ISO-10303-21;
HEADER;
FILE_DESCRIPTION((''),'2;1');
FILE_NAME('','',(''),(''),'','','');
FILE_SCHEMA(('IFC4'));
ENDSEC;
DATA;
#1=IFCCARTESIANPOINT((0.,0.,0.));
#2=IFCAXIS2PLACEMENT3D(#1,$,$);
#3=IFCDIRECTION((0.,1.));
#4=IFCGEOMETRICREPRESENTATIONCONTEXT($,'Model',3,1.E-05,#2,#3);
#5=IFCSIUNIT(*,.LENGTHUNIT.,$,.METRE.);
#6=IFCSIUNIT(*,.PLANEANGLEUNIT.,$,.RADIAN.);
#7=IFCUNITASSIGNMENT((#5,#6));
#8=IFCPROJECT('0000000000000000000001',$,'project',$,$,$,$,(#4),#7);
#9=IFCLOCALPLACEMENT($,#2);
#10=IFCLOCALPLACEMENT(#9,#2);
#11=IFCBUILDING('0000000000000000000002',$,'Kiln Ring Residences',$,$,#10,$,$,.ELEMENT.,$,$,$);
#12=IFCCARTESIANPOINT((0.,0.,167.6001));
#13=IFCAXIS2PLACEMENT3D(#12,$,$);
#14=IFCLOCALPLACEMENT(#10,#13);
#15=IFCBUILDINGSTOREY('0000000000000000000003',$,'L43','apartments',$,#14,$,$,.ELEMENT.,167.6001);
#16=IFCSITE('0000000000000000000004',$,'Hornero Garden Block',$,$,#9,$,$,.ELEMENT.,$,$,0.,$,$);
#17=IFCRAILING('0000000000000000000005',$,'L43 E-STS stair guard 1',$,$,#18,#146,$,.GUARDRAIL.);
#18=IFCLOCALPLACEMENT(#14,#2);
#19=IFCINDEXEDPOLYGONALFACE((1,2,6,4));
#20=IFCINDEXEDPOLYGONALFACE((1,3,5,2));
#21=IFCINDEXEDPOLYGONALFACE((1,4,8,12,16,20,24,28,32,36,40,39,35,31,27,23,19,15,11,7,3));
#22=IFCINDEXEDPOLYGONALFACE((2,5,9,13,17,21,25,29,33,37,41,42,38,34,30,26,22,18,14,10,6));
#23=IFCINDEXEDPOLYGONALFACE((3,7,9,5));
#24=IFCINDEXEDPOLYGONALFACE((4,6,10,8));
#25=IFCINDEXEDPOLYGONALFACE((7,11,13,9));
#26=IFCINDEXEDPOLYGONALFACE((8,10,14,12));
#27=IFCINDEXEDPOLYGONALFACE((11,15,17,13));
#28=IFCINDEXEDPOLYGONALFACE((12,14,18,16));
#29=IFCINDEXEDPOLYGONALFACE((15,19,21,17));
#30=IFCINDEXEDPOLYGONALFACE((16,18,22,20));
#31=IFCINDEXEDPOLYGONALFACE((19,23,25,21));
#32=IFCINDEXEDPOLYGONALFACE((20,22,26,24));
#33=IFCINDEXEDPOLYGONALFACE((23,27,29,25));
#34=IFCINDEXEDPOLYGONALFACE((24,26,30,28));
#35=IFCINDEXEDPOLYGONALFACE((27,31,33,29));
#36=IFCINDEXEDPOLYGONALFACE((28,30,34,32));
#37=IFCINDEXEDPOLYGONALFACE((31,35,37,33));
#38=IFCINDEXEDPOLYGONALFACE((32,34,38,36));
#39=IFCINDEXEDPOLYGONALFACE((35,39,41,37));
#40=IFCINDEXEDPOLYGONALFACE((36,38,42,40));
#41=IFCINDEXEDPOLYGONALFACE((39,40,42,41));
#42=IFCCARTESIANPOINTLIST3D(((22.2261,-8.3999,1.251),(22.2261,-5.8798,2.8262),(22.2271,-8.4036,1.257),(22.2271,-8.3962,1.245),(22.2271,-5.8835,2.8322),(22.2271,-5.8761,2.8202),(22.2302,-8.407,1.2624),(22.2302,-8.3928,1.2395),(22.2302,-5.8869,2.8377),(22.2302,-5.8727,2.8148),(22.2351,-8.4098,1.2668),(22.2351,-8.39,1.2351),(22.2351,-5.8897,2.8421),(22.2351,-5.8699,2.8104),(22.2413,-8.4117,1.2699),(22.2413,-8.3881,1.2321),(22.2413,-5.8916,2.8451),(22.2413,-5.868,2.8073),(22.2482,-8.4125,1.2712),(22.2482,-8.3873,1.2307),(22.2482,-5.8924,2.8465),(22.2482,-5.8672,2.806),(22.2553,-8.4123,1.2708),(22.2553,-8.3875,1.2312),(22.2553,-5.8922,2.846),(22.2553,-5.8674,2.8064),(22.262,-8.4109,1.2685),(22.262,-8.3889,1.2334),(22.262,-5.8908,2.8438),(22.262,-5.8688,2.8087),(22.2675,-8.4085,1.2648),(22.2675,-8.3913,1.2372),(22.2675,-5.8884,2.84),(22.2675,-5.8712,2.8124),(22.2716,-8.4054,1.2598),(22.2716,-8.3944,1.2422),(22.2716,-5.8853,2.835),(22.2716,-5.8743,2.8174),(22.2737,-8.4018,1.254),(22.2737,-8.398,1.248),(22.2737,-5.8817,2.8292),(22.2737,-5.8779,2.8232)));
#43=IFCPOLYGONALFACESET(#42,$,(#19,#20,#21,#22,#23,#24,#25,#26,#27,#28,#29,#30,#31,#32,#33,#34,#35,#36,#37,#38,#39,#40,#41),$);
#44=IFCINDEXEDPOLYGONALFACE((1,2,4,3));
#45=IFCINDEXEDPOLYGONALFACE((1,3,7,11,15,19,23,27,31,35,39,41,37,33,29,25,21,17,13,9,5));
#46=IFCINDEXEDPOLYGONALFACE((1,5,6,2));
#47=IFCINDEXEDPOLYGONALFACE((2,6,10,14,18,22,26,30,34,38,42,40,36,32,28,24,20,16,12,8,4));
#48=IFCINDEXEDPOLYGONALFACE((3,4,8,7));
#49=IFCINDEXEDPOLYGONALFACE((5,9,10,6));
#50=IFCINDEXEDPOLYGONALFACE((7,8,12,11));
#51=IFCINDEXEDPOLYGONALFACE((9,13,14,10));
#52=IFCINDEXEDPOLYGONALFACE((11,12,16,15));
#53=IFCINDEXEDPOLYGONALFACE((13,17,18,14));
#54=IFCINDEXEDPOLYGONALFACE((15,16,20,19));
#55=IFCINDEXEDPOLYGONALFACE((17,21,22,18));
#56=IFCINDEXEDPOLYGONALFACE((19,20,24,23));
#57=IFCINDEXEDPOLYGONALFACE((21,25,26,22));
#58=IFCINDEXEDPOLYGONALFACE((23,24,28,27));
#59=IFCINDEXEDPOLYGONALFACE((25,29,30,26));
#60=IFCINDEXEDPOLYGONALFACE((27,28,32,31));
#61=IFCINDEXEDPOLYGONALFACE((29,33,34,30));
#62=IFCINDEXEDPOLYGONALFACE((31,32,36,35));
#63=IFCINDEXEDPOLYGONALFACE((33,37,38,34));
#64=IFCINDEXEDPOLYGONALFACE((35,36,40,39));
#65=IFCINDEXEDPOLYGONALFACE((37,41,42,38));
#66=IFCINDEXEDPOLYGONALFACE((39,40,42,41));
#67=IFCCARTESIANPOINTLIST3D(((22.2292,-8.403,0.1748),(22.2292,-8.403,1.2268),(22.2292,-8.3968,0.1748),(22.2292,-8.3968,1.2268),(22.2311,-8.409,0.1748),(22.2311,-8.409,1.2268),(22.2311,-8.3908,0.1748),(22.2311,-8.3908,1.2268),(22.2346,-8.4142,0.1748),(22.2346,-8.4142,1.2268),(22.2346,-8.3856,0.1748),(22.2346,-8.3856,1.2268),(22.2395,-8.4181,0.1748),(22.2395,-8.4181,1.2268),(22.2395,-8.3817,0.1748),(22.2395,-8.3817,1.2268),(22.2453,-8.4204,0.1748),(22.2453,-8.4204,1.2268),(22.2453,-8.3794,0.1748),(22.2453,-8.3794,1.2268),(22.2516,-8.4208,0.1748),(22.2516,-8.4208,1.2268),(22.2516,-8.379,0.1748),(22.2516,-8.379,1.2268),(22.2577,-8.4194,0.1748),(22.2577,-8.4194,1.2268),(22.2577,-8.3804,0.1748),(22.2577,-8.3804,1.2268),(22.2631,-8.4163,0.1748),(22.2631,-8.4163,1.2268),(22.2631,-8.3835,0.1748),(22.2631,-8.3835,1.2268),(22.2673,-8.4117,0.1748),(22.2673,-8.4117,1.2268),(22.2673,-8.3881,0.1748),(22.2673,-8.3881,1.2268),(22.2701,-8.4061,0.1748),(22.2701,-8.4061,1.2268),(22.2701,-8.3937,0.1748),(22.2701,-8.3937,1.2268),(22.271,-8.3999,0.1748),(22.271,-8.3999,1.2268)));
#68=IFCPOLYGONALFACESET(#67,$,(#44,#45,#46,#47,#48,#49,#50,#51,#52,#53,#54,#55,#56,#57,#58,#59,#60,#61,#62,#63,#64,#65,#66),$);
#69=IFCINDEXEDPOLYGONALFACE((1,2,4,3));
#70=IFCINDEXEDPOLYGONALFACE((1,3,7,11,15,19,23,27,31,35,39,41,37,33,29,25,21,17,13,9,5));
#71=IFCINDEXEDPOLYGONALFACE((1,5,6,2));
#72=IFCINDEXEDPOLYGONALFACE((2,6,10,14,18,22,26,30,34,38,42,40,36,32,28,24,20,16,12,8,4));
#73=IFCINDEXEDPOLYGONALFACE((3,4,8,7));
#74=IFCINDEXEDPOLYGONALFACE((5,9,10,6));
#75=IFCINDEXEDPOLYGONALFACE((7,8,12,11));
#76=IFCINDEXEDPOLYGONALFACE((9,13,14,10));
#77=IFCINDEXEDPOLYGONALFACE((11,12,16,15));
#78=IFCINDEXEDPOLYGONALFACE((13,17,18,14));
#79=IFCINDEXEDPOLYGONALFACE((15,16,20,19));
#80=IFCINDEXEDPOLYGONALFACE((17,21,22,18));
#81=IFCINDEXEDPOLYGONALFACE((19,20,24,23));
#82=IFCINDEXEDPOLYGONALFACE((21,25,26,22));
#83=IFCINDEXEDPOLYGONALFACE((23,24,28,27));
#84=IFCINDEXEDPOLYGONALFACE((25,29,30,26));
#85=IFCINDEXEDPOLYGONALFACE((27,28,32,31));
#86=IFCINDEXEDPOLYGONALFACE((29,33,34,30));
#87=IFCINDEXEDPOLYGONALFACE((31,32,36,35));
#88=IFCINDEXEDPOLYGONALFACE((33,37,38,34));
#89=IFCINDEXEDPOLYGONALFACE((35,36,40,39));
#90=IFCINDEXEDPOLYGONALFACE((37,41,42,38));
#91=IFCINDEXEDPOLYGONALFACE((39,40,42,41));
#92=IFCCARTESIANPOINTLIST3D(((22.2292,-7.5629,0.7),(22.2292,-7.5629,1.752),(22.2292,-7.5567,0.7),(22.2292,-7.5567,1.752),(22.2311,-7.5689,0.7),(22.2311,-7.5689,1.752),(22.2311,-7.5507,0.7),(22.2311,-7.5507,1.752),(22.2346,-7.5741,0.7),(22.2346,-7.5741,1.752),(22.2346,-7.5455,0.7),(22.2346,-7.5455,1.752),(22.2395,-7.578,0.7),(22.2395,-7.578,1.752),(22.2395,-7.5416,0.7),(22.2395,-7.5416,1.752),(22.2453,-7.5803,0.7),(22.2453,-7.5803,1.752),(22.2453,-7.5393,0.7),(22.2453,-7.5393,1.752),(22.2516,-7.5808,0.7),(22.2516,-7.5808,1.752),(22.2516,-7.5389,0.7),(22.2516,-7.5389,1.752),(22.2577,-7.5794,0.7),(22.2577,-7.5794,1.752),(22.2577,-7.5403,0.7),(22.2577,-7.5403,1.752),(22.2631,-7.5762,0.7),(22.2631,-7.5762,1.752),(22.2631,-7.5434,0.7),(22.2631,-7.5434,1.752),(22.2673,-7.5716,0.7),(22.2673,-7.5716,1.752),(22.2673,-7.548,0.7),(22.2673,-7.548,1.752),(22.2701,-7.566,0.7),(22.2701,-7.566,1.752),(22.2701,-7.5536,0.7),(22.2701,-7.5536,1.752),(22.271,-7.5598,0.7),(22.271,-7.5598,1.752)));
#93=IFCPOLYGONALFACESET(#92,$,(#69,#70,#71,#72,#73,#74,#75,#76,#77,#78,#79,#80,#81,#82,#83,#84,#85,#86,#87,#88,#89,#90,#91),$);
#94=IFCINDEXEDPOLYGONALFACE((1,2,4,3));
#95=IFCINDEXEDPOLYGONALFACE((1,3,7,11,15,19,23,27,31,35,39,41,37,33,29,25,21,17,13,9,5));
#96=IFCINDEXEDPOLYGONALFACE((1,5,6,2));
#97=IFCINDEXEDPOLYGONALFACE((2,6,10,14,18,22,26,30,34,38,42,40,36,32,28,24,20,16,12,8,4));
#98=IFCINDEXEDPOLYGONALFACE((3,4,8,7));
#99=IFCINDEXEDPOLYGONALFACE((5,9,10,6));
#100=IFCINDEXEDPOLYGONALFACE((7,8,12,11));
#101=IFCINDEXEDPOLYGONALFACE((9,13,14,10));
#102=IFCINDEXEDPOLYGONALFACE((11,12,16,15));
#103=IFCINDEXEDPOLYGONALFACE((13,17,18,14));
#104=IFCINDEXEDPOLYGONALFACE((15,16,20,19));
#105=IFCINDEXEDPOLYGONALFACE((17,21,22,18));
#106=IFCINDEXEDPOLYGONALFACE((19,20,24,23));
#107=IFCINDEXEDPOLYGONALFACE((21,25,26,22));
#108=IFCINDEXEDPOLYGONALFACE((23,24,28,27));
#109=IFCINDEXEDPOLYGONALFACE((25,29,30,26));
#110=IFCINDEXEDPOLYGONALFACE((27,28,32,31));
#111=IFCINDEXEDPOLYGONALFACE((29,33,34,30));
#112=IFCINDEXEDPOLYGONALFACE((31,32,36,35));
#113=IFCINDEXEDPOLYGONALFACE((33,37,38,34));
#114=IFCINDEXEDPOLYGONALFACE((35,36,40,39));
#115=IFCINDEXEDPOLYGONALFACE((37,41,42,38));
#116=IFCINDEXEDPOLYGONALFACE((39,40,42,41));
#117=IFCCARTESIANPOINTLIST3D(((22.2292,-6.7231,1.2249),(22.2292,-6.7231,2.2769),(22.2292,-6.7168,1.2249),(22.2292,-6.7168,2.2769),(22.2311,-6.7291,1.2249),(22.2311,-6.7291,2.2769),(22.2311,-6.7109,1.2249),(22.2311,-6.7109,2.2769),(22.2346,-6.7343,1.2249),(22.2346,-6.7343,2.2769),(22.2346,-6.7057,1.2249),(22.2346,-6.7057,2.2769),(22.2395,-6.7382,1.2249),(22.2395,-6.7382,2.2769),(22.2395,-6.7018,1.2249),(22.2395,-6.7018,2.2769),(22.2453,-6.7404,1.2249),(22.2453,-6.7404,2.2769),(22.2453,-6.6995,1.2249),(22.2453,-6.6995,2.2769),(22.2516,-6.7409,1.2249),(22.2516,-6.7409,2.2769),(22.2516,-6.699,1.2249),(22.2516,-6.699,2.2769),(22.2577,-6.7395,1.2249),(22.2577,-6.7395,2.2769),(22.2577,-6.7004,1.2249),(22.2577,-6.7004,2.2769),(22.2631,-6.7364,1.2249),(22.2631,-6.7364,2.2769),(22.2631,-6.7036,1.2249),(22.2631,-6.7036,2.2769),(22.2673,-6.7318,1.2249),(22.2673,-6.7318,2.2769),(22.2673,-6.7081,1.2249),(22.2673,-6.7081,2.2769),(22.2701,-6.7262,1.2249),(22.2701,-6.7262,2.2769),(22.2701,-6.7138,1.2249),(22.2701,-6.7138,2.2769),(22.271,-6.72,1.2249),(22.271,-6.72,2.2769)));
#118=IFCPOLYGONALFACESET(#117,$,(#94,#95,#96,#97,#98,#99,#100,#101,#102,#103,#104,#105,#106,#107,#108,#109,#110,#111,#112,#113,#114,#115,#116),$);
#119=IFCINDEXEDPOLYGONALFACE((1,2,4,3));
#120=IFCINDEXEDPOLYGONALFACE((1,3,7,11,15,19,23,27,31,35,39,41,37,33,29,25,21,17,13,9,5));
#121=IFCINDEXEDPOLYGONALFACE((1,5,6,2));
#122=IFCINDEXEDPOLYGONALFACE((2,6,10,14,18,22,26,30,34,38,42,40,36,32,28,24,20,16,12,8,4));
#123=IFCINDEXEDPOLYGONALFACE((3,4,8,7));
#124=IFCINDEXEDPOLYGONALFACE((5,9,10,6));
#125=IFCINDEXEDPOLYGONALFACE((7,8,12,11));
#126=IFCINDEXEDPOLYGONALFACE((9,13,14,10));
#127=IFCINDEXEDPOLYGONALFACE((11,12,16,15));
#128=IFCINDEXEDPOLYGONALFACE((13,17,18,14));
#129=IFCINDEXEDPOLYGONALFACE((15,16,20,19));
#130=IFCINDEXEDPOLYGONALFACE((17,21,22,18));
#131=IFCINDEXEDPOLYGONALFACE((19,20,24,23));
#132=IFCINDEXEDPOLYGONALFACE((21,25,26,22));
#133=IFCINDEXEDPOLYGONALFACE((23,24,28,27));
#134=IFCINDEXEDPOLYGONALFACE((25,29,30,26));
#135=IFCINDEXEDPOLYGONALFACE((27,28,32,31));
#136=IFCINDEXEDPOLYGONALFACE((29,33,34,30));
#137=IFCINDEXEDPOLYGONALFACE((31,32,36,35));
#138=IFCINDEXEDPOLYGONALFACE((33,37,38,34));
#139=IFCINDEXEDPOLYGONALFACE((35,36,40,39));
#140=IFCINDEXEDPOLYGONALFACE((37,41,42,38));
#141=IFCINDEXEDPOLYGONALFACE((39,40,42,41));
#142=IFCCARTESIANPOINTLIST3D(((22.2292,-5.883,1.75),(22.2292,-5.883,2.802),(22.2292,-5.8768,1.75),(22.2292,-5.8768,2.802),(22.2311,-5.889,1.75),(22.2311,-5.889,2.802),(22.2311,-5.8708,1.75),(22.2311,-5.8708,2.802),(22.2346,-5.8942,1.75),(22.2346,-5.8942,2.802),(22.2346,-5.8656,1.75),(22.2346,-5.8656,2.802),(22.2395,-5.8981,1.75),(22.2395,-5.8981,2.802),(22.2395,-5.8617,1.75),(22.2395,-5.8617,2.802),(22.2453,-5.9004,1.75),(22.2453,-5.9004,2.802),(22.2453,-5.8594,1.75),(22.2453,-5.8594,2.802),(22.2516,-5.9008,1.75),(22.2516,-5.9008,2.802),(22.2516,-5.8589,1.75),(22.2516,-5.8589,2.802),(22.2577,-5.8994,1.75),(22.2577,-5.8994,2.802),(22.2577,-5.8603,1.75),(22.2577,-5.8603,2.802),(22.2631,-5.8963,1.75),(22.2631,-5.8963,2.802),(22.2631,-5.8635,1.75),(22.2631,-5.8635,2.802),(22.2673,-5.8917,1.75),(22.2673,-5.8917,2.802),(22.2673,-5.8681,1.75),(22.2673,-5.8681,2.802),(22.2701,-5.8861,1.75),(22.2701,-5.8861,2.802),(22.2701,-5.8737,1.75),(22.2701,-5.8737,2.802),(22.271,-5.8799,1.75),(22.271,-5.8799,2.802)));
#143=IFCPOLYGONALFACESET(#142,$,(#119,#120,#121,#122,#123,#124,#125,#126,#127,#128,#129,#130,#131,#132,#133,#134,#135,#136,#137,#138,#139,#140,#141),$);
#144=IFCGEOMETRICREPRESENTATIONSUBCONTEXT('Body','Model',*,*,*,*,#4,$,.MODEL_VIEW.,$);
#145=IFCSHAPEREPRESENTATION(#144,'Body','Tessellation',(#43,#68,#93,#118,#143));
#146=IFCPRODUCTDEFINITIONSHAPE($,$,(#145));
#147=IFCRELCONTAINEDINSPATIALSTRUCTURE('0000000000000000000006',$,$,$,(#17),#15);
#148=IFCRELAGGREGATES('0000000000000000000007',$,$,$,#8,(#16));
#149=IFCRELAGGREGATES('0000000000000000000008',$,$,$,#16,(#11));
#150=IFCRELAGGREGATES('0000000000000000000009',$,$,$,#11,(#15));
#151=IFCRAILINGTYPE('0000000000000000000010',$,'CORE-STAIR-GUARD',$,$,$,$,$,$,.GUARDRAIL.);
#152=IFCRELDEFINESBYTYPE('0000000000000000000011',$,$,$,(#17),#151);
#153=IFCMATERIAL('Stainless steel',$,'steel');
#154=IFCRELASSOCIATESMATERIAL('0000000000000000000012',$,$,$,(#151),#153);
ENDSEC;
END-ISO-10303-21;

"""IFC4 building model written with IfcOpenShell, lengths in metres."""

from ifc_helpers import new_model, si_unit, direction, frame, origin, origin_2d, place, context, subcontext, project, spatial, circle, extrude, material, type_object, element, save


model = new_model("IFC4")

# Units and contexts
model_context = context("Model", 3, precision=1e-05, world=origin(), true_north=direction((0.0, 1.0)))
body_context = subcontext(model_context, "Body", "Model", "MODEL_VIEW")
ifc_project = project(units=[si_unit("LENGTHUNIT", "METRE"), si_unit("PLANEANGLEUNIT", "RADIAN")], contexts=[model_context])

# Site, building, storey
site_placement = place(None, origin())
site = spatial("IfcSite", under=ifc_project, at=site_placement, Name="Hornero Garden Block", CompositionType="ELEMENT", RefElevation=0.0)
building_placement = place(site_placement, origin())
building = spatial("IfcBuilding", under=site, at=building_placement, Name="Kiln Ring Residences", CompositionType="ELEMENT")
storey_placement = place(building_placement, frame((0.0, 0.0, 167.6001)))
storey = spatial("IfcBuildingStorey", under=building, at=storey_placement, Name="L43", Description="apartments", CompositionType="ELEMENT", Elevation=167.6001)

# Railing
ifc_material_1 = material(Name="Stainless steel", Category="steel")
railing_type_1 = type_object("IfcRailingType", Name="CORE-STAIR-GUARD", PredefinedType="GUARDRAIL", material=ifc_material_1)
railing_1_placement = place(storey_placement, frame((22.25, -8.3999, 0.1748)))
element("IfcRailing", 1, at=railing_1_placement, inside=storey, type_object=railing_type_1, Name="L43 E-STS stair guard 1", PredefinedType="GUARDRAIL", context=body_context, shape_type="SweptSolid", body=[
    extrude(circle(Radius=0.0239, at=origin_2d()), frame((0.0, 0.0, 1.0762), z_axis=(0.0, 0.847971, 0.530043), x_axis=(-1.0, 0.0, 0.0)), (0.0, 0.0, 1.0), 2.9719),
    extrude(circle(Radius=0.021, at=origin_2d()), origin(), (0.0, 0.0, 1.0), 1.052),
    extrude(circle(Radius=0.021, at=origin_2d()), frame((0.0, 0.8401, 0.5251)), (0.0, 0.0, 1.0), 1.052),
    extrude(circle(Radius=0.021, at=origin_2d()), frame((0.0, 1.6799, 1.05)), (0.0, 0.0, 1.0), 1.052),
    extrude(circle(Radius=0.021, at=origin_2d()), frame((0.0, 2.52, 1.5752)), (0.0, 0.0, 1.0), 1.052),
])

save(model, "model.ifc")
